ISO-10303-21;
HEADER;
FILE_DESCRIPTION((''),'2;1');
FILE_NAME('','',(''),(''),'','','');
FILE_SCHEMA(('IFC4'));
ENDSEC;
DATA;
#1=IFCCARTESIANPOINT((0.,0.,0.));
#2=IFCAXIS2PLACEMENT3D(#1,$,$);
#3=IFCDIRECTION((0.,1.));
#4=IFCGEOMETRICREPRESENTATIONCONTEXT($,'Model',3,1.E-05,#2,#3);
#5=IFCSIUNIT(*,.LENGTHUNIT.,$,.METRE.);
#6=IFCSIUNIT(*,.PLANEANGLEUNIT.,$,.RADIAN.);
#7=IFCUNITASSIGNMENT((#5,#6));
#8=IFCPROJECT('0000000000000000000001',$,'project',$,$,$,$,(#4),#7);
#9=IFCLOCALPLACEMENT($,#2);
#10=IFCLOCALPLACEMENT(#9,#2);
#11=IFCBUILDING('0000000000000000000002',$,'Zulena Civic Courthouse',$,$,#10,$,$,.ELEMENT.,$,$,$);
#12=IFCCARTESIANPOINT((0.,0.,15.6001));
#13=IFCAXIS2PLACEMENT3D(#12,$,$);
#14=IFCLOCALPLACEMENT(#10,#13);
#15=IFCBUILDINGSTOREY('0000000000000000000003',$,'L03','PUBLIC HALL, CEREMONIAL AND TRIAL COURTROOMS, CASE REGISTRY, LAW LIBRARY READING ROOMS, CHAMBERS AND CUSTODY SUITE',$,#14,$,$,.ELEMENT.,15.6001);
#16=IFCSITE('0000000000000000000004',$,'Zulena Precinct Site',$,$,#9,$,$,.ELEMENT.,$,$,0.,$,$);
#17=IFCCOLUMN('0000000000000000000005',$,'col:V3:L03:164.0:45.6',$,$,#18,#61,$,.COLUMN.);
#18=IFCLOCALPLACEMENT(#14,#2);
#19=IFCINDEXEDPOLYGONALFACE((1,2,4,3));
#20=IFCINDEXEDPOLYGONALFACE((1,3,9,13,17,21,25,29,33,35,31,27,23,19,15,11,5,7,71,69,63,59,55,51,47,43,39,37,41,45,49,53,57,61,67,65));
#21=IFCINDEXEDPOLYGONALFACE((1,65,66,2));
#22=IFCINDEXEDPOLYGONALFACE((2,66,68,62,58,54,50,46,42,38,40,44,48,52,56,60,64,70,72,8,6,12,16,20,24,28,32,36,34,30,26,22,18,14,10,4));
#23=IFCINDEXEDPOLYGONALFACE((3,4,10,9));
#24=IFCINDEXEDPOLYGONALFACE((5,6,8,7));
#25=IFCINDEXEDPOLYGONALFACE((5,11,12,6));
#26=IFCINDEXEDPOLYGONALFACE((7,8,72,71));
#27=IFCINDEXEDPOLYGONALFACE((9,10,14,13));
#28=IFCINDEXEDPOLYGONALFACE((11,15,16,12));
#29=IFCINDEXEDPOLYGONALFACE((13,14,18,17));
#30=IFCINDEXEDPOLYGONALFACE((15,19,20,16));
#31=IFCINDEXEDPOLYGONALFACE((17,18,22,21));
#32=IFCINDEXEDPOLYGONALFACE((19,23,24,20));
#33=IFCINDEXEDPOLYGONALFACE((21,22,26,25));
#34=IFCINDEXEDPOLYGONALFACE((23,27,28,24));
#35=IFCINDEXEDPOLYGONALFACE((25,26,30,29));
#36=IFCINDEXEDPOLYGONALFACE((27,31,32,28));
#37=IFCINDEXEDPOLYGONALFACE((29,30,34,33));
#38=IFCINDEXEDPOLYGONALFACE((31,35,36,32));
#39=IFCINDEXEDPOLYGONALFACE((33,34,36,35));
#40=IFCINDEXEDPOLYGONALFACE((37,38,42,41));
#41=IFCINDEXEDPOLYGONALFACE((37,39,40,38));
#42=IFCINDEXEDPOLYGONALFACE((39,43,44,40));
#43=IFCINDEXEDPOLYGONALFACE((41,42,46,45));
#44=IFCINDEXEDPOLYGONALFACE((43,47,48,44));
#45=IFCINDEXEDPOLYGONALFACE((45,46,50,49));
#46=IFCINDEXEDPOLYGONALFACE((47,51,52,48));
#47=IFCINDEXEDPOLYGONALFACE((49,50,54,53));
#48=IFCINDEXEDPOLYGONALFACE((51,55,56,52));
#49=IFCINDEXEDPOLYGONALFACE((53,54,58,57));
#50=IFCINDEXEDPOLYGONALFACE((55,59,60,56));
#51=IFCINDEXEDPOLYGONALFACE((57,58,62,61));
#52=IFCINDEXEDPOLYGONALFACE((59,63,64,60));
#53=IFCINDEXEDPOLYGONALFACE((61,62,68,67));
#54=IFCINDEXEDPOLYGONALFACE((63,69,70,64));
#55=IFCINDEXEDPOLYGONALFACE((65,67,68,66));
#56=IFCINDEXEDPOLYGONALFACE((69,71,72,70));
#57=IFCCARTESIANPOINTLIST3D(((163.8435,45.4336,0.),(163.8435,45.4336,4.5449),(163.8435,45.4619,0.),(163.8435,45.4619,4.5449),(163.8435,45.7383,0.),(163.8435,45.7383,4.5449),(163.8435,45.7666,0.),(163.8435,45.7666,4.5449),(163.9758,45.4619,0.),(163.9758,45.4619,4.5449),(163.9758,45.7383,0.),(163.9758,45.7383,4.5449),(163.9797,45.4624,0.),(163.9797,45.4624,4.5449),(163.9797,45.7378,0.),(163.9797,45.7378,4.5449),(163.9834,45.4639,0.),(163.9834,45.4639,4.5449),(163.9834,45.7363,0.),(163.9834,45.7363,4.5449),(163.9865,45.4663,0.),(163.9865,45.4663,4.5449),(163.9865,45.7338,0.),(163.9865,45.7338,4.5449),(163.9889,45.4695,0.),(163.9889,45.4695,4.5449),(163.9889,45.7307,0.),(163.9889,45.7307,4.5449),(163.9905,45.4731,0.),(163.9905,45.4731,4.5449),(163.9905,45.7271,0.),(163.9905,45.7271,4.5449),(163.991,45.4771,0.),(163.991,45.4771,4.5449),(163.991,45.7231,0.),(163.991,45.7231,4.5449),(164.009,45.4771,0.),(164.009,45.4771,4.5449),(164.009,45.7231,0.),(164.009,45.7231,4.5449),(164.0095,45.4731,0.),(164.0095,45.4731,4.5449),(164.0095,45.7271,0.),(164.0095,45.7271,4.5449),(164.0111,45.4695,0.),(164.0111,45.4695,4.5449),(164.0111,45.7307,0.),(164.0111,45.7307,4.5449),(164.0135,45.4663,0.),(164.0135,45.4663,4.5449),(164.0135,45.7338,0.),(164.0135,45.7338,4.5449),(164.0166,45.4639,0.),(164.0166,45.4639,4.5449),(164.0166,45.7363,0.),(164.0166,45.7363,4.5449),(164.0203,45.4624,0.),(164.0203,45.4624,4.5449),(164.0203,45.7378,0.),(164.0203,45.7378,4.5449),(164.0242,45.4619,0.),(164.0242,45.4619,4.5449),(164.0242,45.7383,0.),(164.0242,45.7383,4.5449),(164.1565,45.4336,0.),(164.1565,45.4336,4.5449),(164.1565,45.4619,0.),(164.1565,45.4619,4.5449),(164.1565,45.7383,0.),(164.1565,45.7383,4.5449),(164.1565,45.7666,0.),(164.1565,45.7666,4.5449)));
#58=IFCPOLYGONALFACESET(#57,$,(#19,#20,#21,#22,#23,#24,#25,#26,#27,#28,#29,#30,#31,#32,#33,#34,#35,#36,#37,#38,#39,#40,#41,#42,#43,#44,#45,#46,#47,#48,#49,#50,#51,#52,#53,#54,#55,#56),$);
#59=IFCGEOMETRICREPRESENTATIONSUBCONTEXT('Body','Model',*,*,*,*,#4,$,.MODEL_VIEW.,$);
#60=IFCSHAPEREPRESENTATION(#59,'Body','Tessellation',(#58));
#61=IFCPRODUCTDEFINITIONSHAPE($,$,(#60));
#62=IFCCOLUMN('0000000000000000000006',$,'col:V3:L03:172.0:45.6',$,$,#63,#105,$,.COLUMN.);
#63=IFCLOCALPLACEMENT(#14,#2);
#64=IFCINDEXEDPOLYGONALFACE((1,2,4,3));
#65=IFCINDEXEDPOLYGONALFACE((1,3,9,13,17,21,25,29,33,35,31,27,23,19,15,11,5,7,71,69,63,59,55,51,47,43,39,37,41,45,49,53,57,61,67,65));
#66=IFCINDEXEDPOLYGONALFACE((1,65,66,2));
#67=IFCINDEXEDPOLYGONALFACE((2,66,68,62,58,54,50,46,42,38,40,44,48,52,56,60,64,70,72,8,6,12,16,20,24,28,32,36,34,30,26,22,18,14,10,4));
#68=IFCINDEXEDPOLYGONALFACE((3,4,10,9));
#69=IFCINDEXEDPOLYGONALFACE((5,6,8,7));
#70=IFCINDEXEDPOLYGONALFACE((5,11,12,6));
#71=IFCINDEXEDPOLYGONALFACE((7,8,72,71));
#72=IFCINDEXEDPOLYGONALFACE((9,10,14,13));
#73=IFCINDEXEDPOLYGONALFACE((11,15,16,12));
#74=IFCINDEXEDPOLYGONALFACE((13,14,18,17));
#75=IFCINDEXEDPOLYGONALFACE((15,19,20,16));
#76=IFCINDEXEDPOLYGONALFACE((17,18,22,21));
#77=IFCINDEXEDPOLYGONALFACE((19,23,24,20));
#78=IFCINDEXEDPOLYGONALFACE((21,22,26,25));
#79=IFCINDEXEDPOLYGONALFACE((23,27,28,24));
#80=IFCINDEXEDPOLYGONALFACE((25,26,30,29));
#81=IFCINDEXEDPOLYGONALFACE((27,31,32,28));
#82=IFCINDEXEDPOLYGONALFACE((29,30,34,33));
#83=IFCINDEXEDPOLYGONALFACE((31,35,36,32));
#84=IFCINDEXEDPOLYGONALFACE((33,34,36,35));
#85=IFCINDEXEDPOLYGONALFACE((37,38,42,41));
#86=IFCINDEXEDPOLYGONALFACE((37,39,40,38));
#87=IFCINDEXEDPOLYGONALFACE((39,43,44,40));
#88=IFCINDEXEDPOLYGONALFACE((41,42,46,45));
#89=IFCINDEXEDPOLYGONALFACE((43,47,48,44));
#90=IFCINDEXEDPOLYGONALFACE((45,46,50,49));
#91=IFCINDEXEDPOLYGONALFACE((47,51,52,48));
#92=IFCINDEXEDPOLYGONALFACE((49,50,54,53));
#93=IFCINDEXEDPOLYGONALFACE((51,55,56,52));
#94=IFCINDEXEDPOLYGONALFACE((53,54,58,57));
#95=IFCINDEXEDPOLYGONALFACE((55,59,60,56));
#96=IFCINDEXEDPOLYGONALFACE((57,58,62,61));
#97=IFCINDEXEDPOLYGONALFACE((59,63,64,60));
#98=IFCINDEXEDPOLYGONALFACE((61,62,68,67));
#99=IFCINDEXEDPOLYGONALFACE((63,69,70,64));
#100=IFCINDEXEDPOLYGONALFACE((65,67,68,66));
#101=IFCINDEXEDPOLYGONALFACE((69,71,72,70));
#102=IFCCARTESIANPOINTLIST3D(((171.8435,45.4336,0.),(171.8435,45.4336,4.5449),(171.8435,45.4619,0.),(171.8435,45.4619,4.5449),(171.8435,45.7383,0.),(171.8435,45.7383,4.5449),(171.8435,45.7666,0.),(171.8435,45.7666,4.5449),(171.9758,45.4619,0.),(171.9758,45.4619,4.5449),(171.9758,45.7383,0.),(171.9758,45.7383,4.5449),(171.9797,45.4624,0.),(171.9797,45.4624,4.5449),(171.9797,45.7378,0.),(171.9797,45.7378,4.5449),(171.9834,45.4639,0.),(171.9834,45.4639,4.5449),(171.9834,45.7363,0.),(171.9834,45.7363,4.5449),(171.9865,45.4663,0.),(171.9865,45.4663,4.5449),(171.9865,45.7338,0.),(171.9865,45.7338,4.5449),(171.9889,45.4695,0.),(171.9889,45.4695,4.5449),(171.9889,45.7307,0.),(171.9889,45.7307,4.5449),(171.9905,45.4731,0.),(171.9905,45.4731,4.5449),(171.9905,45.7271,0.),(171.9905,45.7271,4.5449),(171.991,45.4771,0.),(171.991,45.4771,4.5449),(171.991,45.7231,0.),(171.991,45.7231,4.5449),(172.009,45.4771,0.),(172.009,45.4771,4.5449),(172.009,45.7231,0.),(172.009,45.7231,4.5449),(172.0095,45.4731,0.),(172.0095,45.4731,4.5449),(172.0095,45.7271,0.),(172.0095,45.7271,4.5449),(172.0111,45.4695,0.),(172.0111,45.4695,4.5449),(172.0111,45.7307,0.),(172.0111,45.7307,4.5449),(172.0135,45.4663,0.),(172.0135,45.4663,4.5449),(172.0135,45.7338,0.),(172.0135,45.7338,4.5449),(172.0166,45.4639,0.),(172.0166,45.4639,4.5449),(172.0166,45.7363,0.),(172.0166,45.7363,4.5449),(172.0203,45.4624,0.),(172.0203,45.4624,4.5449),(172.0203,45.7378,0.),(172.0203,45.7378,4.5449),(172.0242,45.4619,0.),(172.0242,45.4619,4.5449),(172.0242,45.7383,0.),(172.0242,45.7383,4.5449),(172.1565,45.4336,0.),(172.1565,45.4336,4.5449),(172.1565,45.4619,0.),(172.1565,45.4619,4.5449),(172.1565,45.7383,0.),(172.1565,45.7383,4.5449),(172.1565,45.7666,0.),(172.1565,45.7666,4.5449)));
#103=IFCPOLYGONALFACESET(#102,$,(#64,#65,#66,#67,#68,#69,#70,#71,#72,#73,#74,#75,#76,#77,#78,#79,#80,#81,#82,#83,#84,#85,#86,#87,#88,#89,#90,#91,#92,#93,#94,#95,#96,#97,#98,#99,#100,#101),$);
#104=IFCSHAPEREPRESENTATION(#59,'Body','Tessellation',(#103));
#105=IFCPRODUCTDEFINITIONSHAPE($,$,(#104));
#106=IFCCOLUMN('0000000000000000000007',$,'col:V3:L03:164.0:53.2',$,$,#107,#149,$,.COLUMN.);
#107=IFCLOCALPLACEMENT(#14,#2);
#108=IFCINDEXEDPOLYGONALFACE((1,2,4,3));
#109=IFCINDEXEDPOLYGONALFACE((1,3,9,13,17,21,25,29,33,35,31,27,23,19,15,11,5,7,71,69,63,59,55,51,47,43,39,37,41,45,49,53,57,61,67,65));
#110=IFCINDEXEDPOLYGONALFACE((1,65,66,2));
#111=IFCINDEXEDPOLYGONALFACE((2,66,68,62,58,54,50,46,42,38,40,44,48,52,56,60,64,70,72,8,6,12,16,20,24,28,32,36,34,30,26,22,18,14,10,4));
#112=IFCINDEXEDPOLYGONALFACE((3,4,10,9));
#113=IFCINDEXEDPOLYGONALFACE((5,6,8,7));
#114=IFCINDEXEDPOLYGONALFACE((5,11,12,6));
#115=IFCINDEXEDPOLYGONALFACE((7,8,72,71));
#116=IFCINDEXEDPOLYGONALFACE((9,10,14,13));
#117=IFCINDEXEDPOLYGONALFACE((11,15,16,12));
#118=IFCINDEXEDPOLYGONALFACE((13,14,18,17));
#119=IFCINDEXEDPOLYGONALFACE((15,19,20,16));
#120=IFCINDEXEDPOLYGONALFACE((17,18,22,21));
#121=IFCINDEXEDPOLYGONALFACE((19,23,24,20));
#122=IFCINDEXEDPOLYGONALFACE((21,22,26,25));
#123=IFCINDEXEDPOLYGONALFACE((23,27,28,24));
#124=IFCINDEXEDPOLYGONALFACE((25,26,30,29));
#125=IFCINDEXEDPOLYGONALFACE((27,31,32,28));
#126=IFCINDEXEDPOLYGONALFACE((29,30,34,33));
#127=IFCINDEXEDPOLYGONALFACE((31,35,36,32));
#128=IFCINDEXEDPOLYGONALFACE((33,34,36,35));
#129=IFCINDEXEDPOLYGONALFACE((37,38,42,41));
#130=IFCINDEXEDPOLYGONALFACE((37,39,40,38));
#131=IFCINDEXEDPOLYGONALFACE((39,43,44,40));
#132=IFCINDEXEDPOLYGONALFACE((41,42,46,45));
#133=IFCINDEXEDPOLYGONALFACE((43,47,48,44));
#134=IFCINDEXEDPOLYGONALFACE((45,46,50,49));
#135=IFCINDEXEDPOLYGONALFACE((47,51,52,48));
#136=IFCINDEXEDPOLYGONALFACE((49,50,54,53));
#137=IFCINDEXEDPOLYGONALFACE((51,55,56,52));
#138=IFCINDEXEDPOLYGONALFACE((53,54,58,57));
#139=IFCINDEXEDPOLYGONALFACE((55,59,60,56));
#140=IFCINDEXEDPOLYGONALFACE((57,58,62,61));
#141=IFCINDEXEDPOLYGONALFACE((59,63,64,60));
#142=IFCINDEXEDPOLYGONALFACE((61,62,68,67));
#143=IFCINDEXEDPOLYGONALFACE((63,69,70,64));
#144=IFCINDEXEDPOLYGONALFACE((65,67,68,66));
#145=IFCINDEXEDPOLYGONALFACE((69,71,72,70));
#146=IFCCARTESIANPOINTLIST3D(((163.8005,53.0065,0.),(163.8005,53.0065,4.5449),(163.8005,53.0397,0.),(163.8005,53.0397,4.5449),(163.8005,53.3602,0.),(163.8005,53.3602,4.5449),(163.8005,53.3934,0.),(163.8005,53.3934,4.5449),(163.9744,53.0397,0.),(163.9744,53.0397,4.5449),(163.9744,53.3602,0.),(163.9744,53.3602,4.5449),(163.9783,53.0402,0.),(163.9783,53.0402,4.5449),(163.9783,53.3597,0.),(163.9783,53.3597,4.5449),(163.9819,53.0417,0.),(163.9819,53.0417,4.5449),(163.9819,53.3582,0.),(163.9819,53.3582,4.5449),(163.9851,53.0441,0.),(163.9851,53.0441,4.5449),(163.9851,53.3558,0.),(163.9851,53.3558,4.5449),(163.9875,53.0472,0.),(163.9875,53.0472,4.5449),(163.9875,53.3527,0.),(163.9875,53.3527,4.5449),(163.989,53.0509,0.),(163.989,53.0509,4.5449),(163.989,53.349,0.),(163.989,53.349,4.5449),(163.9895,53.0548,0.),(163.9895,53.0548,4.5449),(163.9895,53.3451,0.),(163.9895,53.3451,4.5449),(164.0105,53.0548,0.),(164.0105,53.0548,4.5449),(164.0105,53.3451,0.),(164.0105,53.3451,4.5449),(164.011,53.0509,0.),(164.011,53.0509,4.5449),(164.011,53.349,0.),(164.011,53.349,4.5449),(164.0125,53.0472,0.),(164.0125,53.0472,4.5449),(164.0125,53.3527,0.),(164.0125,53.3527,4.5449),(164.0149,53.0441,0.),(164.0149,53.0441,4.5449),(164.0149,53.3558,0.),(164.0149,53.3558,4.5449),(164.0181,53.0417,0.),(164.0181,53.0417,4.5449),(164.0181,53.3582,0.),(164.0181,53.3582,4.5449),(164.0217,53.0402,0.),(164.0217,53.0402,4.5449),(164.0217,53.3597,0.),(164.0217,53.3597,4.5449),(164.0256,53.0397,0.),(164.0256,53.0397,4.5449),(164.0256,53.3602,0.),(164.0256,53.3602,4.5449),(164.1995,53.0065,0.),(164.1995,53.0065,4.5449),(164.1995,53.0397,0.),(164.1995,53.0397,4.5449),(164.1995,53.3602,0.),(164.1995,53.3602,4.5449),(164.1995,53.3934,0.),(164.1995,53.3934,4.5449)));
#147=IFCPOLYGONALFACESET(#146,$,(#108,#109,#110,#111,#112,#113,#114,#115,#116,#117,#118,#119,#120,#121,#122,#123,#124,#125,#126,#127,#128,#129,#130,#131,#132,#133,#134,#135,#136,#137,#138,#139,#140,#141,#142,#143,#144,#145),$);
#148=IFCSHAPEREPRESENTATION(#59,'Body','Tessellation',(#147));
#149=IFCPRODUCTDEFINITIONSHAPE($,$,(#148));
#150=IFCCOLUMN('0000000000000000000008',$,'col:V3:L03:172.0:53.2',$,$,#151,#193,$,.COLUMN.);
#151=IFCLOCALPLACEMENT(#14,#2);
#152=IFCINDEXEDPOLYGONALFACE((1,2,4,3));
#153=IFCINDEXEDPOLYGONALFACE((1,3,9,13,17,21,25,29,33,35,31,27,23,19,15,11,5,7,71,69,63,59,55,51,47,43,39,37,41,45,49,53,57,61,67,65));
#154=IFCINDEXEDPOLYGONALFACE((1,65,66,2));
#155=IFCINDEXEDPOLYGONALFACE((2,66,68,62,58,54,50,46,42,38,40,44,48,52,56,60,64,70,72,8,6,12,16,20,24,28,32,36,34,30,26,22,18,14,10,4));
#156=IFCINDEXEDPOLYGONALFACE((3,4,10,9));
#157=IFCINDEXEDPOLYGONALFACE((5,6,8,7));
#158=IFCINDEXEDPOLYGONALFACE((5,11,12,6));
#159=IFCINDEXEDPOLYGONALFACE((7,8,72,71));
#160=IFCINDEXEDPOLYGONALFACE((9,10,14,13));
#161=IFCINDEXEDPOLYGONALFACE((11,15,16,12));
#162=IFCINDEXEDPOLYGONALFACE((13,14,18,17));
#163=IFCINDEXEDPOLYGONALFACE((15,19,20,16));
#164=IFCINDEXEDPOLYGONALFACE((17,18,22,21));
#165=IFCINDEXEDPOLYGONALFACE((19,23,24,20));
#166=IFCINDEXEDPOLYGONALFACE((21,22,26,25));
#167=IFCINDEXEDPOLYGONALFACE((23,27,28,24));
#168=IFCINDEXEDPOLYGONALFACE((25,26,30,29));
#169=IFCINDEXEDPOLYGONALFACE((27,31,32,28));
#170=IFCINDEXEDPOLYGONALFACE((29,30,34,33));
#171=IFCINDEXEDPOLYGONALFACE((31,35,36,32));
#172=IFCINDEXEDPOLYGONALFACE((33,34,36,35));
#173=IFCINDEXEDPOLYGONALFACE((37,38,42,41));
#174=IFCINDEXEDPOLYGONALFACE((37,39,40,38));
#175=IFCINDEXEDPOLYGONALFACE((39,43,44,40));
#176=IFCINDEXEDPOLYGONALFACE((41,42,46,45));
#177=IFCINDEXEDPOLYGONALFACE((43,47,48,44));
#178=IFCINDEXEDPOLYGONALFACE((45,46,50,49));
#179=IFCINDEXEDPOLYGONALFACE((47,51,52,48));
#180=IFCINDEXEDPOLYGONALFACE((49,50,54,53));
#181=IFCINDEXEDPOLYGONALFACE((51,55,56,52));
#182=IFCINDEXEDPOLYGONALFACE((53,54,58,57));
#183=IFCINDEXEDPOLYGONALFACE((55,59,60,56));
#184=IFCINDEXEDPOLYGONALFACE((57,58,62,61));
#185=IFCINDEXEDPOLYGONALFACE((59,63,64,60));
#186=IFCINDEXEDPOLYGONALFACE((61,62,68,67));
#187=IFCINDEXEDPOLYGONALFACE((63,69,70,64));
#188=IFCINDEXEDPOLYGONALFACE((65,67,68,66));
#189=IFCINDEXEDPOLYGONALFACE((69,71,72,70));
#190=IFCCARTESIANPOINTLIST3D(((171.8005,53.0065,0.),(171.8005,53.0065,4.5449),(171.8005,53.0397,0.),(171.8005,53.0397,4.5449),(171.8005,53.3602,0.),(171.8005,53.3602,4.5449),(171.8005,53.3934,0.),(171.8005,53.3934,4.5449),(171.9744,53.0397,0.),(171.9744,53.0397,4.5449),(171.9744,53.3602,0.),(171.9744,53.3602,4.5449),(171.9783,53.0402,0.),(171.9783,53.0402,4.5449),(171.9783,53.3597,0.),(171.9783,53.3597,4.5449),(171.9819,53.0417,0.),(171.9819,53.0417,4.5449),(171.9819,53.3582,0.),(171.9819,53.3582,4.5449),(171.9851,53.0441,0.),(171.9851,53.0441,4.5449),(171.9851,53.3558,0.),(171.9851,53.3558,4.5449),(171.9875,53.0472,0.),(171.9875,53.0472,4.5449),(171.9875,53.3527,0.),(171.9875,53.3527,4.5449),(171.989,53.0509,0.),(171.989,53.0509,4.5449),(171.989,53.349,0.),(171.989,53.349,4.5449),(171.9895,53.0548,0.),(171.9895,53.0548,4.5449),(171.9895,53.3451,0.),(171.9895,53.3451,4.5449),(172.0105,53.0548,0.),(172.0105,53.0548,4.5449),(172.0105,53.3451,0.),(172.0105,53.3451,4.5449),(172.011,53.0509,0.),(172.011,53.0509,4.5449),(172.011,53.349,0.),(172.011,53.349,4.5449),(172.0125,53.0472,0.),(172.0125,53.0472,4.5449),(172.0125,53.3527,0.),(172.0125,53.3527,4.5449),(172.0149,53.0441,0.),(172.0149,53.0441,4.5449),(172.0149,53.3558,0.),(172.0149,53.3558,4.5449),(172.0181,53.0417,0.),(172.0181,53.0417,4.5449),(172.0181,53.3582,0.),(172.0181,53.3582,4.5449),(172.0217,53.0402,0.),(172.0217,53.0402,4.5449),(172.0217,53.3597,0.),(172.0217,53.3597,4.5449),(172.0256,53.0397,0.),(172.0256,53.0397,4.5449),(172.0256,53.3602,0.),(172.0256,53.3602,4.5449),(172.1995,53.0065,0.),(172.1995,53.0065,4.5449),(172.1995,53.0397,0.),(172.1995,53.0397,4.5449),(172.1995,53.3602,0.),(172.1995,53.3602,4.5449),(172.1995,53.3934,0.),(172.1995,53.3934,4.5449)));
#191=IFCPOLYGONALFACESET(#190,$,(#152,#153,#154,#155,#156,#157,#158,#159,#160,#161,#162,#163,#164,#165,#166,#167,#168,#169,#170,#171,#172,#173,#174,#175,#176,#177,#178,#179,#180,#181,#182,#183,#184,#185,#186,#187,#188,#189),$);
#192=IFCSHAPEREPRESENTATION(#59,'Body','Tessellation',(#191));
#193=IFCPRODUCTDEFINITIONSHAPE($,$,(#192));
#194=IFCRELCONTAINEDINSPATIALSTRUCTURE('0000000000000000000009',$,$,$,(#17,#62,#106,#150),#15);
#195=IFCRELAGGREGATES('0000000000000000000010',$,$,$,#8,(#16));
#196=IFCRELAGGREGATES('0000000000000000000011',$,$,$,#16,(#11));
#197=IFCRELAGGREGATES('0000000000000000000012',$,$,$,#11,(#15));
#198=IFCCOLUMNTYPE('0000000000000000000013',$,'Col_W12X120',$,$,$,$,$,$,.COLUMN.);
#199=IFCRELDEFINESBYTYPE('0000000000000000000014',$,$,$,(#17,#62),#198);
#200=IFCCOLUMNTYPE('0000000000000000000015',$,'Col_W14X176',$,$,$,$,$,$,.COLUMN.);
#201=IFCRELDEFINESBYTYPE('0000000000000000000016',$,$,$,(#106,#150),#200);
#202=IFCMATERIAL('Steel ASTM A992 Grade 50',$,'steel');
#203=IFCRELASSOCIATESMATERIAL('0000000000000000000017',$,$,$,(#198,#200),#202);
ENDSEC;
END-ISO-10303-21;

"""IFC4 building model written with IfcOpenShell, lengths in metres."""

from ifc_helpers import new_model, si_unit, direction, frame, origin, origin_2d, place, context, subcontext, project, spatial, i_section, extrude, material, material_profile, profile_set, type_object, element, save


model = new_model("IFC4")

# Units and contexts
model_context = context("Model", 3, precision=1e-05, world=origin(), true_north=direction((0.0, 1.0)))
body_context = subcontext(model_context, "Body", "Model", "MODEL_VIEW")
ifc_project = project(units=[si_unit("LENGTHUNIT", "METRE"), si_unit("PLANEANGLEUNIT", "RADIAN")], contexts=[model_context])

# Site, building, storey
site_placement = place(None, origin())
site = spatial("IfcSite", under=ifc_project, at=site_placement, Name="Zulena Precinct Site", CompositionType="ELEMENT", RefElevation=0.0)
building_placement = place(site_placement, origin())
building = spatial("IfcBuilding", under=site, at=building_placement, Name="Zulena Civic Courthouse", CompositionType="ELEMENT")
storey_placement = place(building_placement, frame((0.0, 0.0, 15.6001)))
storey = spatial("IfcBuildingStorey", under=building, at=storey_placement, Name="L03", Description="PUBLIC HALL, CEREMONIAL AND TRIAL COURTROOMS, CASE REGISTRY, LAW LIBRARY READING ROOMS, CHAMBERS AND CUSTODY SUITE", CompositionType="ELEMENT", Elevation=15.6001)

# Columns
ifc_material_1 = material(Name="Steel ASTM A992 Grade 50", Category="steel")
ifc_material_profile_1 = material_profile(ifc_material_1, i_section(OverallWidth=0.313, OverallDepth=0.333, WebThickness=0.0181, FlangeThickness=0.0283, FilletRadius=0.0151, at=origin_2d()), Name="W12X120")
ifc_profile_set_1 = profile_set([ifc_material_profile_1], Name="Steel ASTM A992 Grade 50")
column_type_1 = type_object("IfcColumnType", Name="Col_W12X120", PredefinedType="COLUMN", material=ifc_profile_set_1)
for number, where, z_axis, x_axis, name in (
    (1, (164.0, 45.6001, 0.0), (0.0, 0.0, 1.0), (1.0, 0.0, 0.0), "col:V3:L03:164.0:45.6"),
    (2, (172.0, 45.6001, 0.0), (0.0, 0.0, 1.0), (1.0, 0.0, 0.0), "col:V3:L03:172.0:45.6"),
):
    element("IfcColumn", number, at=place(storey_placement, frame(where, z_axis=z_axis, x_axis=x_axis)), inside=storey, type_object=column_type_1, Name=name, PredefinedType="COLUMN", context=body_context, shape_type="SweptSolid", body=[
        extrude(i_section(OverallWidth=0.313, OverallDepth=0.333, WebThickness=0.0181, FlangeThickness=0.0283, FilletRadius=0.0151, at=origin_2d()), origin(), (0.0, 0.0, 1.0), 4.5449),
    ])
ifc_material_profile_2 = material_profile(ifc_material_1, i_section(OverallWidth=0.3989, OverallDepth=0.387, WebThickness=0.021, FlangeThickness=0.0332, FilletRadius=0.0151, at=origin_2d()), Name="W14X176")
ifc_profile_set_2 = profile_set([ifc_material_profile_2], Name="Steel ASTM A992 Grade 50")
column_type_2 = type_object("IfcColumnType", Name="Col_W14X176", PredefinedType="COLUMN", material=ifc_profile_set_2)
for number, where, z_axis, x_axis, name in (
    (3, (164.0, 53.2, 0.0), (0.0, 0.0, 1.0), (1.0, 0.0, 0.0), "col:V3:L03:164.0:53.2"),
    (4, (172.0, 53.2, 0.0), (0.0, 0.0, 1.0), (1.0, 0.0, 0.0), "col:V3:L03:172.0:53.2"),
):
    element("IfcColumn", number, at=place(storey_placement, frame(where, z_axis=z_axis, x_axis=x_axis)), inside=storey, type_object=column_type_2, Name=name, PredefinedType="COLUMN", context=body_context, shape_type="SweptSolid", body=[
        extrude(i_section(OverallWidth=0.3989, OverallDepth=0.387, WebThickness=0.021, FlangeThickness=0.0332, FilletRadius=0.0151, at=origin_2d()), origin(), (0.0, 0.0, 1.0), 4.5449),
    ])

save(model, "model.ifc")
